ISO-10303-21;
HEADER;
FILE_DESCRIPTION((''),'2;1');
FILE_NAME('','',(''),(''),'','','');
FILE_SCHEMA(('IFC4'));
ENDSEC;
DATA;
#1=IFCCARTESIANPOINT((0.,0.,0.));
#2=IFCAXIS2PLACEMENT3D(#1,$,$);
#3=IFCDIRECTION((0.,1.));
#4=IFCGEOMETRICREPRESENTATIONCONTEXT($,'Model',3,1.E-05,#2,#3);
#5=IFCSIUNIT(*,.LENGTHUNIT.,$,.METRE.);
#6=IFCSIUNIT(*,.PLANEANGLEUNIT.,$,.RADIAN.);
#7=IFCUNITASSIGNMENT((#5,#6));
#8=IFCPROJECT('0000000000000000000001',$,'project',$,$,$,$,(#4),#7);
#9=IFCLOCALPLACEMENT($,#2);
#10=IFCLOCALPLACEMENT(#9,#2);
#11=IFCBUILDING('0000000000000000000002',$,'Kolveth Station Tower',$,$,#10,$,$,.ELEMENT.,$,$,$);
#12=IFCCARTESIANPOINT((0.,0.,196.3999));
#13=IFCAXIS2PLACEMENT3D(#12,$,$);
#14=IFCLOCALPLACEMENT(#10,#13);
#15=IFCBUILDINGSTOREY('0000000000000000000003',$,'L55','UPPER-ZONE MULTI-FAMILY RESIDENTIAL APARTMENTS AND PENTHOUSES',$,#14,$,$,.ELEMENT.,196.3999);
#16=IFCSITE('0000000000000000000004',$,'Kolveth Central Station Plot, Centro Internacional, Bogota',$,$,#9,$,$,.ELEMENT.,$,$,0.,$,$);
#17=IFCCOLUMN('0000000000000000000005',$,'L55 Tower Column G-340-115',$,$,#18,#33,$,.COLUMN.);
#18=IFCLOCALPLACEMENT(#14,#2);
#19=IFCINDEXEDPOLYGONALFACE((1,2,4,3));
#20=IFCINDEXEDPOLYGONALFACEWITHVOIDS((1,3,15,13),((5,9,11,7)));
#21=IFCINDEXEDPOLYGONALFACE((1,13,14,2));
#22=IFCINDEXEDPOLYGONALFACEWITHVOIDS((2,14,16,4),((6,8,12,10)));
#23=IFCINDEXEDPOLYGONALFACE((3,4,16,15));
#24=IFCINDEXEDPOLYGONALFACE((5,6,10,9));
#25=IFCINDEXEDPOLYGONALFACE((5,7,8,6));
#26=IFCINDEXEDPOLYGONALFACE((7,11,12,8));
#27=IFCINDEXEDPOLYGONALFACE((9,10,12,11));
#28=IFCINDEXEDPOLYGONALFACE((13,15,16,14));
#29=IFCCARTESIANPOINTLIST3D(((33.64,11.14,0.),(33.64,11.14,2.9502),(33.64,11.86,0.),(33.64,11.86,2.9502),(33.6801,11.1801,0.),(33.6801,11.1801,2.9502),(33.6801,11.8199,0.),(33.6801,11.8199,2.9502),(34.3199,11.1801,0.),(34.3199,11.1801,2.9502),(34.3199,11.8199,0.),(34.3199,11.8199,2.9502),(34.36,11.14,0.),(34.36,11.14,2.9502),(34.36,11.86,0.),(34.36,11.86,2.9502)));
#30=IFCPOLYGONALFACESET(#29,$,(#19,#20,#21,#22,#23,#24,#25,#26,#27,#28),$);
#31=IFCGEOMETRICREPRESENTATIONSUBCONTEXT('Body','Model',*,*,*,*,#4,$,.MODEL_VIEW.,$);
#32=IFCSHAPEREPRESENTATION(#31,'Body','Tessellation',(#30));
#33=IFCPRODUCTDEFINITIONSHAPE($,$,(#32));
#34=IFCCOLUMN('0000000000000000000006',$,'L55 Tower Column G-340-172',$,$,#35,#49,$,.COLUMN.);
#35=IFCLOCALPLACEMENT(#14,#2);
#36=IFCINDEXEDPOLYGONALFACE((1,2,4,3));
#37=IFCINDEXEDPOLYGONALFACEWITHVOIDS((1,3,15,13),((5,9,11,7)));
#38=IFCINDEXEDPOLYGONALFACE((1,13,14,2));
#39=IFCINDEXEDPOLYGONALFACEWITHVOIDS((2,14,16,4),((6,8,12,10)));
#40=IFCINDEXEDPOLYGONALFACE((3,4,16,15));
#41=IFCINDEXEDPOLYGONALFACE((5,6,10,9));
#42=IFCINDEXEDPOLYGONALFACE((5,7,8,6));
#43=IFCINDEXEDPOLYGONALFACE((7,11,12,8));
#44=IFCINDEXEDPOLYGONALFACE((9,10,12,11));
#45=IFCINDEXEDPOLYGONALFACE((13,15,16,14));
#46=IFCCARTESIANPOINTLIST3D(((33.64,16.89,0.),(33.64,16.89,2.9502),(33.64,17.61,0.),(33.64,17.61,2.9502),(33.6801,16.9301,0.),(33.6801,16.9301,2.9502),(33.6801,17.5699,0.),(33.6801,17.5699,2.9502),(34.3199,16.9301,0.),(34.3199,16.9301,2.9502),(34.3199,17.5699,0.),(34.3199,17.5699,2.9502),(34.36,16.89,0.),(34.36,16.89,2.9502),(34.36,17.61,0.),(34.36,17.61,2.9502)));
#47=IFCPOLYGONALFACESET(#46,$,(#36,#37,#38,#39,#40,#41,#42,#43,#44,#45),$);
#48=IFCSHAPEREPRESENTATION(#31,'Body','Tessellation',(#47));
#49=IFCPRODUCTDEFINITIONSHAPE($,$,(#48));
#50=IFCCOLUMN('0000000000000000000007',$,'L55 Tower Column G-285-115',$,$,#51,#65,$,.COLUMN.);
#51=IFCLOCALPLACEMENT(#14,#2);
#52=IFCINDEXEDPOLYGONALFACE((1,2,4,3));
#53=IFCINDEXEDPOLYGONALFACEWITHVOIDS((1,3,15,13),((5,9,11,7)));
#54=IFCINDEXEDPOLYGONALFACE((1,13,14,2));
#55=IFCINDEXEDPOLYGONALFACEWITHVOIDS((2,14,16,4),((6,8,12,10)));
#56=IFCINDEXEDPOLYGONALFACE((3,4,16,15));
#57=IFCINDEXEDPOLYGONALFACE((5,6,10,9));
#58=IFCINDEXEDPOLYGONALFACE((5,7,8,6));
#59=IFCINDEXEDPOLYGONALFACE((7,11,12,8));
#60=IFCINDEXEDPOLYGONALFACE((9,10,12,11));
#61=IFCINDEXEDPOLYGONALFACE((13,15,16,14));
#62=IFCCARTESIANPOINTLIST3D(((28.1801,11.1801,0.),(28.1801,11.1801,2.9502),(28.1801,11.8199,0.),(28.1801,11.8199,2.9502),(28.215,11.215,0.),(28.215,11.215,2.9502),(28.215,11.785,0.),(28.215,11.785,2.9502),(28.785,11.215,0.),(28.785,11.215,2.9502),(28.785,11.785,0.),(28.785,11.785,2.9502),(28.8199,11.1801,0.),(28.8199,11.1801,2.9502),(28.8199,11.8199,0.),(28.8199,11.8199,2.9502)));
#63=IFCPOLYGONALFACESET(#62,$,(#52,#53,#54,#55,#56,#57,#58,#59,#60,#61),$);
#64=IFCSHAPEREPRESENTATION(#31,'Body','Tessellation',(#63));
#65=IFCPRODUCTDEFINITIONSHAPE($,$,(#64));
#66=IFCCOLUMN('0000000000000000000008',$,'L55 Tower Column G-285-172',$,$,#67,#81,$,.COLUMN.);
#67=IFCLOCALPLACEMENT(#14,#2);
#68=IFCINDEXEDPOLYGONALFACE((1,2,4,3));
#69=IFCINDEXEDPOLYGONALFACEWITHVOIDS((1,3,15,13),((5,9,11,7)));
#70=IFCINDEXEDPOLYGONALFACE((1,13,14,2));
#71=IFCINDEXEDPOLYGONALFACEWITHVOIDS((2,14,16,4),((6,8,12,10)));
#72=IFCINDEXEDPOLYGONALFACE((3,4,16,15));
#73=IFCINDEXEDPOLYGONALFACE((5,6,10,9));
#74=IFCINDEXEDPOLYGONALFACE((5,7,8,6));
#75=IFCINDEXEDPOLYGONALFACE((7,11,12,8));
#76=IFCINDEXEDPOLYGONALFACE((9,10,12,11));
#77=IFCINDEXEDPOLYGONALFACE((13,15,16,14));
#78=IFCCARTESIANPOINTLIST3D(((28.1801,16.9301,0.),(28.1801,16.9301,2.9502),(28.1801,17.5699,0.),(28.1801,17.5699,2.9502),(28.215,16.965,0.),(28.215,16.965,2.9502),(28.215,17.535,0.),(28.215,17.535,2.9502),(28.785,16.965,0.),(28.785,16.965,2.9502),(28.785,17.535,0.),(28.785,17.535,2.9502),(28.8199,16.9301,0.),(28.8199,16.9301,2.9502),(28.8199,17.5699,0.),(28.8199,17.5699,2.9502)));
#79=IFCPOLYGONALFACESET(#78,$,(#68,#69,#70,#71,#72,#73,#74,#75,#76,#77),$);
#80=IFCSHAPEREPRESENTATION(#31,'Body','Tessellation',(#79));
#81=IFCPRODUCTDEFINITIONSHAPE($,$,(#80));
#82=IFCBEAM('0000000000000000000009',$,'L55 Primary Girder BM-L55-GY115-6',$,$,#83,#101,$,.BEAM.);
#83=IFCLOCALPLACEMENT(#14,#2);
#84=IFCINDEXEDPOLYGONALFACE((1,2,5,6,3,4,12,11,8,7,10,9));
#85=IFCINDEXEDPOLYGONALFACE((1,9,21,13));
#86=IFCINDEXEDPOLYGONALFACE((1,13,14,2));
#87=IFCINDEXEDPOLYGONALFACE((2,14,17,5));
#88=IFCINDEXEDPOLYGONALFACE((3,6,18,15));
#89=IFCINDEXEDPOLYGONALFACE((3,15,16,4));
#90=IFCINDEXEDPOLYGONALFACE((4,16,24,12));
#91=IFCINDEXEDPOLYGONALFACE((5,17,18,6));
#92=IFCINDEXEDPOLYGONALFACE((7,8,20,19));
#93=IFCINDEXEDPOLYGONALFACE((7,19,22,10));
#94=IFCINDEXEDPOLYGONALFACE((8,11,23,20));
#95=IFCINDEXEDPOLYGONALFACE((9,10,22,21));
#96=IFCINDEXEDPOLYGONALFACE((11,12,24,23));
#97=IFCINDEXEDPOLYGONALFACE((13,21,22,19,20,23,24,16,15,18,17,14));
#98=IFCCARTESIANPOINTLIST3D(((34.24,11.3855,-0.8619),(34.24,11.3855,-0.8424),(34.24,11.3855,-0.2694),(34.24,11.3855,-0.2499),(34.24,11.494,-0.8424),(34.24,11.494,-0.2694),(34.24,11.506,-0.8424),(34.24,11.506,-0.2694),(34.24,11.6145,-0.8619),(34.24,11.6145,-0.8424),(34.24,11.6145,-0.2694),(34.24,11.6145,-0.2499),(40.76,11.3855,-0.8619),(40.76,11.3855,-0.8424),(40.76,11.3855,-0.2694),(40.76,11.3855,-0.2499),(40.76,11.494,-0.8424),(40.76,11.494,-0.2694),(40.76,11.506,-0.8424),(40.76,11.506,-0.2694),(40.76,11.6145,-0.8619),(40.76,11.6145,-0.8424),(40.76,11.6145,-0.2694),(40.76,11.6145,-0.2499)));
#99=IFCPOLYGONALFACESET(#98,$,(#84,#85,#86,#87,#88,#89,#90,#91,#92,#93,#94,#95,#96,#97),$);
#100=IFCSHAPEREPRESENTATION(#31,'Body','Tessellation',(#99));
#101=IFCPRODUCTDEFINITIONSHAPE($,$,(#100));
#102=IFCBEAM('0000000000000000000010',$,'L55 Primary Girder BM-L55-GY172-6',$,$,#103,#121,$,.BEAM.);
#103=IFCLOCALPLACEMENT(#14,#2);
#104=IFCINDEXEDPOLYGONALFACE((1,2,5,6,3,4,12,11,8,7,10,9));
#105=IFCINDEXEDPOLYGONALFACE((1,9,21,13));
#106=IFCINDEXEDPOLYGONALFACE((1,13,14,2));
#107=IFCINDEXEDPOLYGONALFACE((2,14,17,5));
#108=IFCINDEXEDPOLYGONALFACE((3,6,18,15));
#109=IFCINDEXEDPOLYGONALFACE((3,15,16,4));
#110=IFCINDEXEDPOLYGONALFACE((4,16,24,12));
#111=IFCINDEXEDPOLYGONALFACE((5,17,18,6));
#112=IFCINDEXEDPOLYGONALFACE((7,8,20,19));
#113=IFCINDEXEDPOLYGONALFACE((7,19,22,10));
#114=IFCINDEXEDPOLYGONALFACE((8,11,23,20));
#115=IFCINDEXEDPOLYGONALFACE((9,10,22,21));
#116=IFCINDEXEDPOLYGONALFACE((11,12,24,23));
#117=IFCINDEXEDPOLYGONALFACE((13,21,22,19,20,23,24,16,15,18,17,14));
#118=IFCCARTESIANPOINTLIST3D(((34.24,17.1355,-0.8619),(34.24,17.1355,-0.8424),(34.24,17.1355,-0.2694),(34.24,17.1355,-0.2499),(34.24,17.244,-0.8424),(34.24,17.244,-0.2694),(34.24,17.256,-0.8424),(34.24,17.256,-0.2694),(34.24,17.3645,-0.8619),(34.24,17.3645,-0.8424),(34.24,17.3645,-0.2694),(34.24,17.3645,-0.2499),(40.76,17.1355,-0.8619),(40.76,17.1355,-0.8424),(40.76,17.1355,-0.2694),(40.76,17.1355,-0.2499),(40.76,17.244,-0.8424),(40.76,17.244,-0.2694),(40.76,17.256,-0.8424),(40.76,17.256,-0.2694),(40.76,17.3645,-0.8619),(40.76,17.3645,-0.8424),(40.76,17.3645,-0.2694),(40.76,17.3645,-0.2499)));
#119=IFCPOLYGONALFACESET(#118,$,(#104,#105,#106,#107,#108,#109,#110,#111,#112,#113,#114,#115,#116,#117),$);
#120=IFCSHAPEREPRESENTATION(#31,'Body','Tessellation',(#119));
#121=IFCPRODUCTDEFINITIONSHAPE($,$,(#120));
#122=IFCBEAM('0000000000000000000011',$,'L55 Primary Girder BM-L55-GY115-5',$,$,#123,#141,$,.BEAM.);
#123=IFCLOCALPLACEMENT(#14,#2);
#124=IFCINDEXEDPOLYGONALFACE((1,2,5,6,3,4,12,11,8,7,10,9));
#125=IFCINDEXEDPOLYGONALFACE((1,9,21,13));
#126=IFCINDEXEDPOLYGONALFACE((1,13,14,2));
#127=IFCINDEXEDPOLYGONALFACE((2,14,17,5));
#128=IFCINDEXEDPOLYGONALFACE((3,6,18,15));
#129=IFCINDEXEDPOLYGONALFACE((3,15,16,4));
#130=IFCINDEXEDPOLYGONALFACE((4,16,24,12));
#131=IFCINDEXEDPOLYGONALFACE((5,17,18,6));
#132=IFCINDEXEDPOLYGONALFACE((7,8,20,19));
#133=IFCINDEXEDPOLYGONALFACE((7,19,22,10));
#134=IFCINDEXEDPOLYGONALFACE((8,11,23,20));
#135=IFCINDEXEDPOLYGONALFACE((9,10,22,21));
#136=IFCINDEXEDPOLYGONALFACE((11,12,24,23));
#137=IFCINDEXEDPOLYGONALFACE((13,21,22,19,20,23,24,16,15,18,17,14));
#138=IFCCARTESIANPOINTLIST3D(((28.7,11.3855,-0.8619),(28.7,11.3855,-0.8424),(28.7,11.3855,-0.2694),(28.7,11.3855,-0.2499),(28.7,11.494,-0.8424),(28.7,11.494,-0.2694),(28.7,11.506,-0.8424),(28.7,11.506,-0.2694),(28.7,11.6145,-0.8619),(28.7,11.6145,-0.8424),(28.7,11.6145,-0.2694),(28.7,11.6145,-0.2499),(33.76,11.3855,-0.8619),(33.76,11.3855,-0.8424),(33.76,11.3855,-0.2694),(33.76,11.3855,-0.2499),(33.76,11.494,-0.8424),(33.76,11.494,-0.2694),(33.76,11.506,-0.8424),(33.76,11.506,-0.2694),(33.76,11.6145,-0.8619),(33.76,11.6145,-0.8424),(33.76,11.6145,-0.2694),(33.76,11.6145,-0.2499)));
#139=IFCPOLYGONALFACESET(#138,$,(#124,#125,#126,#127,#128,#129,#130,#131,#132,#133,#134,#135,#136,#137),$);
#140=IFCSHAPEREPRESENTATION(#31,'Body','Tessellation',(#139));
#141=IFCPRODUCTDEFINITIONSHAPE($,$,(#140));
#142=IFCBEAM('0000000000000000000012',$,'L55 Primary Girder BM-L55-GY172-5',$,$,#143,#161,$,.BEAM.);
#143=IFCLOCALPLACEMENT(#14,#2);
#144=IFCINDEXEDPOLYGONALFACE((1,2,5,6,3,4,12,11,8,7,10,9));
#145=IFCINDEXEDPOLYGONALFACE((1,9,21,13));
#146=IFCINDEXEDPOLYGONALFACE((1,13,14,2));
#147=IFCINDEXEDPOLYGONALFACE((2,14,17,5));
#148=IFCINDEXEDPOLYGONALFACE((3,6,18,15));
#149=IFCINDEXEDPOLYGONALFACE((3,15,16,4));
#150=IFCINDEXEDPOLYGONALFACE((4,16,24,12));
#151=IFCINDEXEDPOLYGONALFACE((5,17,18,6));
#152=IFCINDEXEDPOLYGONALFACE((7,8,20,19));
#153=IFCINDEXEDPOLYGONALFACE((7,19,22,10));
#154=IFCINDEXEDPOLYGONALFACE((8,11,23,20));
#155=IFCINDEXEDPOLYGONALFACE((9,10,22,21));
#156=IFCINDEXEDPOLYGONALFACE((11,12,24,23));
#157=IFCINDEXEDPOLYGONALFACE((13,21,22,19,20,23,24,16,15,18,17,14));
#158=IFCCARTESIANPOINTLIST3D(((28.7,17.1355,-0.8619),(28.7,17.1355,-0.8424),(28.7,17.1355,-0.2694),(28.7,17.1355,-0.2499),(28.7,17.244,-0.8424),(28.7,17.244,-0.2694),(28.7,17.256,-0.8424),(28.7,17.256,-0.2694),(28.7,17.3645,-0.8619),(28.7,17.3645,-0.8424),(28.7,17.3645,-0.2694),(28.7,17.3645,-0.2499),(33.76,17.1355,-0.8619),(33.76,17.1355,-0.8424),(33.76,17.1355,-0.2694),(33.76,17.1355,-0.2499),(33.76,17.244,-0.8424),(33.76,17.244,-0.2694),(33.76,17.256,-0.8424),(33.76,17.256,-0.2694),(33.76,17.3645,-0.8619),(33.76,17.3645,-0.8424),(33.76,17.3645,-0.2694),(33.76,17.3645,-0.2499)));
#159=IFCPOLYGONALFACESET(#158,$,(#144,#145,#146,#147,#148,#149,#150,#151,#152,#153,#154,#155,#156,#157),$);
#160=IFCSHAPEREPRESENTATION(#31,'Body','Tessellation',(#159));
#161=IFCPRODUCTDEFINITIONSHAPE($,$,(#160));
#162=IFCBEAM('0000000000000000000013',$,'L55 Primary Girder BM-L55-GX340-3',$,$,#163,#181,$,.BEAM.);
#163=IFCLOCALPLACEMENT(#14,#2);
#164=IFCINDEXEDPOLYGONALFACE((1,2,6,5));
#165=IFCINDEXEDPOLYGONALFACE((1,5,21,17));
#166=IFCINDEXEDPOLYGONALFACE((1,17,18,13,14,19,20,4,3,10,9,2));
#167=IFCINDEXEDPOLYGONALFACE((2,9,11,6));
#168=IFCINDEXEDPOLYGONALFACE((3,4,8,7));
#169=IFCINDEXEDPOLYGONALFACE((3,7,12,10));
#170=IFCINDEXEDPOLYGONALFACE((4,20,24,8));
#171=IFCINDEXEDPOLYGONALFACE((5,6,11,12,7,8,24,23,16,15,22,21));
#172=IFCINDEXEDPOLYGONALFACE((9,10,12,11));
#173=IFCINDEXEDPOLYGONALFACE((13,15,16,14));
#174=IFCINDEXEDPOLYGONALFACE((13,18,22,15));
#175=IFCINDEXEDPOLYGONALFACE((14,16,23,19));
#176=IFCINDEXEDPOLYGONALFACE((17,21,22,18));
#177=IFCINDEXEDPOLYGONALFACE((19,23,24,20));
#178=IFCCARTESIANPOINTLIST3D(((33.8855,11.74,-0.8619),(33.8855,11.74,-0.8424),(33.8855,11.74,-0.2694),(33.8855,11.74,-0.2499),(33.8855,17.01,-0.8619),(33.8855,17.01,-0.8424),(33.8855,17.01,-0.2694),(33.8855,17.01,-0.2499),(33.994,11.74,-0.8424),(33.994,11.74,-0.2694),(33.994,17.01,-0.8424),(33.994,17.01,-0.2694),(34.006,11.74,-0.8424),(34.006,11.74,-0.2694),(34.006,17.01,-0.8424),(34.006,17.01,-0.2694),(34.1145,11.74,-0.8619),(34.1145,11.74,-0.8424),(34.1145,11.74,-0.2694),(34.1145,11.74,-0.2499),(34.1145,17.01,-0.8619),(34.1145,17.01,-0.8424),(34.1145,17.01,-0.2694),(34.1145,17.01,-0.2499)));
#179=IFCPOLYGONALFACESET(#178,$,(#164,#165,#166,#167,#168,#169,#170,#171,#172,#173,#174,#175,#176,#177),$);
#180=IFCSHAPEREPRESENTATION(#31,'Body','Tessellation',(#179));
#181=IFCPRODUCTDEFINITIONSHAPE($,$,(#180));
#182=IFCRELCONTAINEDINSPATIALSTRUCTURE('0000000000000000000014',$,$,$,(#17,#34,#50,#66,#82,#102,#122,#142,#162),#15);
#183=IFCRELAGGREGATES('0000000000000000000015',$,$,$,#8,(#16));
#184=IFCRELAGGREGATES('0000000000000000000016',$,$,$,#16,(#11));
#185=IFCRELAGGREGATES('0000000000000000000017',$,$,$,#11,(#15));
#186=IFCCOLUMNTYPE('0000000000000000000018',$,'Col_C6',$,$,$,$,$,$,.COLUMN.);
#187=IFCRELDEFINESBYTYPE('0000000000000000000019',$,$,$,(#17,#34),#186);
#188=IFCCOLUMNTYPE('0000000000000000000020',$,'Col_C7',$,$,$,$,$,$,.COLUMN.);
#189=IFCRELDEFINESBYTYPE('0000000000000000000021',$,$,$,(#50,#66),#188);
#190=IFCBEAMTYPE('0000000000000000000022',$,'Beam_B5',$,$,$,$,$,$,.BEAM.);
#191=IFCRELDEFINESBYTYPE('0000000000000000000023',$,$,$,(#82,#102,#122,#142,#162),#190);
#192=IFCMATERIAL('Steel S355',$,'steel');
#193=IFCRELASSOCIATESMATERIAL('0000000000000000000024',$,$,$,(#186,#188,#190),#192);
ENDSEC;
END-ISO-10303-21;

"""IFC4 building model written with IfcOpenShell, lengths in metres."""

from ifc_helpers import new_model, si_unit, direction, frame, origin, origin_2d, place, context, subcontext, project, spatial, hollow_rectangle, i_section, extrude, source, transform, mapped, material, material_profile, profile_set, type_object, element, save


model = new_model("IFC4")

# Units and contexts
model_context = context("Model", 3, precision=1e-05, world=origin(), true_north=direction((0.0, 1.0)))
body_context = subcontext(model_context, "Body", "Model", "MODEL_VIEW")
ifc_project = project(units=[si_unit("LENGTHUNIT", "METRE"), si_unit("PLANEANGLEUNIT", "RADIAN")], contexts=[model_context])

# Site, building, storey
site_placement = place(None, origin())
site = spatial("IfcSite", under=ifc_project, at=site_placement, Name="Kolveth Central Station Plot, Centro Internacional, Bogota", CompositionType="ELEMENT", RefElevation=0.0)
building_placement = place(site_placement, origin())
building = spatial("IfcBuilding", under=site, at=building_placement, Name="Kolveth Station Tower", CompositionType="ELEMENT")
storey_placement = place(building_placement, frame((0.0, 0.0, 196.3999)))
storey = spatial("IfcBuildingStorey", under=building, at=storey_placement, Name="L55", Description="UPPER-ZONE MULTI-FAMILY RESIDENTIAL APARTMENTS AND PENTHOUSES", CompositionType="ELEMENT", Elevation=196.3999)

# Columns
ifc_material_1 = material(Name="Steel S355", Category="steel")
ifc_material_profile_1 = material_profile(ifc_material_1, hollow_rectangle(XDim=0.72, YDim=0.72, WallThickness=0.04, at=origin_2d()), Name="BOX720x720x40")
ifc_profile_set_1 = profile_set([ifc_material_profile_1], Name="Steel S355")
column_type_1 = type_object("IfcColumnType", Name="Col_C6", PredefinedType="COLUMN", material=ifc_profile_set_1)
shared_shape_1 = source(origin(), body_context, "Body", "SweptSolid", [
    extrude(hollow_rectangle(XDim=0.72, YDim=0.72, WallThickness=0.04, at=origin_2d()), origin(), (0.0, 0.0, 1.0), 2.9502),
])
for number, where, z_axis, x_axis, name in (
    (1, (34.0, 11.5, 0.0), (0.0, 0.0, 1.0), (1.0, 0.0, 0.0), "L55 Tower Column G-340-115"),
    (2, (34.0, 17.25, 0.0), (0.0, 0.0, 1.0), (1.0, 0.0, 0.0), "L55 Tower Column G-340-172"),
):
    element("IfcColumn", number, at=place(storey_placement, frame(where, z_axis=z_axis, x_axis=x_axis)), inside=storey, type_object=column_type_1, Name=name, PredefinedType="COLUMN", context=body_context, shape_type="MappedRepresentation", body=[
        mapped(shared_shape_1, transform((0.0, 0.0, 0.0), x_axis=(1.0, 0.0, 0.0), y_axis=(0.0, 1.0, 0.0), z_axis=(0.0, 0.0, 1.0), scale=1.0)),
    ])
ifc_material_profile_2 = material_profile(ifc_material_1, hollow_rectangle(XDim=0.6399, YDim=0.6399, WallThickness=0.0349, at=origin_2d()), Name="BOX640x640x35")
ifc_profile_set_2 = profile_set([ifc_material_profile_2], Name="Steel S355")
column_type_2 = type_object("IfcColumnType", Name="Col_C7", PredefinedType="COLUMN", material=ifc_profile_set_2)
shared_shape_2 = source(origin(), body_context, "Body", "SweptSolid", [
    extrude(hollow_rectangle(XDim=0.6399, YDim=0.6399, WallThickness=0.0349, at=origin_2d()), origin(), (0.0, 0.0, 1.0), 2.9502),
])
for number, where, z_axis, x_axis, name in (
    (3, (28.5, 11.5, 0.0), (0.0, 0.0, 1.0), (1.0, 0.0, 0.0), "L55 Tower Column G-285-115"),
    (4, (28.5, 17.25, 0.0), (0.0, 0.0, 1.0), (1.0, 0.0, 0.0), "L55 Tower Column G-285-172"),
):
    element("IfcColumn", number, at=place(storey_placement, frame(where, z_axis=z_axis, x_axis=x_axis)), inside=storey, type_object=column_type_2, Name=name, PredefinedType="COLUMN", context=body_context, shape_type="MappedRepresentation", body=[
        mapped(shared_shape_2, transform((0.0, 0.0, 0.0), x_axis=(1.0, 0.0, 0.0), y_axis=(0.0, 1.0, 0.0), z_axis=(0.0, 0.0, 1.0), scale=1.0)),
    ])

# Beams
ifc_material_profile_3 = material_profile(ifc_material_1, i_section(OverallWidth=0.229, OverallDepth=0.6121, WebThickness=0.012, FlangeThickness=0.0195, at=origin_2d()), Name="W610x125")
ifc_profile_set_3 = profile_set([ifc_material_profile_3], Name="Steel S355")
beam_type_1 = type_object("IfcBeamType", Name="Beam_B5", PredefinedType="BEAM", material=ifc_profile_set_3)
shared_shape_3 = source(origin(), body_context, "Body", "SweptSolid", [
    extrude(i_section(OverallWidth=0.229, OverallDepth=0.6121, WebThickness=0.012, FlangeThickness=0.0195, at=origin_2d()), origin(), (0.0, 0.0, 1.0), 6.52),
])
for number, where, z_axis, x_axis, name in (
    (5, (34.24, 11.5, -0.5559), (1.0, 0.0, 0.0), (0.0, 1.0, 0.0), "L55 Primary Girder BM-L55-GY115-6"),
    (6, (34.24, 17.25, -0.5559), (1.0, 0.0, 0.0), (0.0, 1.0, 0.0), "L55 Primary Girder BM-L55-GY172-6"),
):
    element("IfcBeam", number, at=place(storey_placement, frame(where, z_axis=z_axis, x_axis=x_axis)), inside=storey, type_object=beam_type_1, Name=name, PredefinedType="BEAM", context=body_context, shape_type="MappedRepresentation", body=[
        mapped(shared_shape_3, transform((0.0, 0.0, 0.0), x_axis=(1.0, 0.0, 0.0), y_axis=(0.0, 1.0, 0.0), z_axis=(0.0, 0.0, 1.0), scale=1.0)),
    ])
shared_shape_4 = source(origin(), body_context, "Body", "SweptSolid", [
    extrude(i_section(OverallWidth=0.229, OverallDepth=0.6121, WebThickness=0.012, FlangeThickness=0.0195, at=origin_2d()), origin(), (0.0, 0.0, 1.0), 5.0601),
])
for number, where, z_axis, x_axis, name in (
    (7, (28.7, 11.5, -0.5559), (1.0, 0.0, 0.0), (0.0, 1.0, 0.0), "L55 Primary Girder BM-L55-GY115-5"),
    (8, (28.7, 17.25, -0.5559), (1.0, 0.0, 0.0), (0.0, 1.0, 0.0), "L55 Primary Girder BM-L55-GY172-5"),
):
    element("IfcBeam", number, at=place(storey_placement, frame(where, z_axis=z_axis, x_axis=x_axis)), inside=storey, type_object=beam_type_1, Name=name, PredefinedType="BEAM", context=body_context, shape_type="MappedRepresentation", body=[
        mapped(shared_shape_4, transform((0.0, 0.0, 0.0), x_axis=(1.0, 0.0, 0.0), y_axis=(0.0, 1.0, 0.0), z_axis=(0.0, 0.0, 1.0), scale=1.0)),
    ])
shared_shape_5 = source(origin(), body_context, "Body", "SweptSolid", [
    extrude(i_section(OverallWidth=0.229, OverallDepth=0.6121, WebThickness=0.012, FlangeThickness=0.0195, at=origin_2d()), origin(), (0.0, 0.0, 1.0), 5.27),
])
for number, where, z_axis, x_axis, name in (
    (9, (34.0, 11.74, -0.5559), (0.0, 1.0, 0.0), (-1.0, 0.0, 0.0), "L55 Primary Girder BM-L55-GX340-3"),
):
    element("IfcBeam", number, at=place(storey_placement, frame(where, z_axis=z_axis, x_axis=x_axis)), inside=storey, type_object=beam_type_1, Name=name, PredefinedType="BEAM", context=body_context, shape_type="MappedRepresentation", body=[
        mapped(shared_shape_5, transform((0.0, 0.0, 0.0), x_axis=(1.0, 0.0, 0.0), y_axis=(0.0, 1.0, 0.0), z_axis=(0.0, 0.0, 1.0), scale=1.0)),
    ])

save(model, "model.ifc")
